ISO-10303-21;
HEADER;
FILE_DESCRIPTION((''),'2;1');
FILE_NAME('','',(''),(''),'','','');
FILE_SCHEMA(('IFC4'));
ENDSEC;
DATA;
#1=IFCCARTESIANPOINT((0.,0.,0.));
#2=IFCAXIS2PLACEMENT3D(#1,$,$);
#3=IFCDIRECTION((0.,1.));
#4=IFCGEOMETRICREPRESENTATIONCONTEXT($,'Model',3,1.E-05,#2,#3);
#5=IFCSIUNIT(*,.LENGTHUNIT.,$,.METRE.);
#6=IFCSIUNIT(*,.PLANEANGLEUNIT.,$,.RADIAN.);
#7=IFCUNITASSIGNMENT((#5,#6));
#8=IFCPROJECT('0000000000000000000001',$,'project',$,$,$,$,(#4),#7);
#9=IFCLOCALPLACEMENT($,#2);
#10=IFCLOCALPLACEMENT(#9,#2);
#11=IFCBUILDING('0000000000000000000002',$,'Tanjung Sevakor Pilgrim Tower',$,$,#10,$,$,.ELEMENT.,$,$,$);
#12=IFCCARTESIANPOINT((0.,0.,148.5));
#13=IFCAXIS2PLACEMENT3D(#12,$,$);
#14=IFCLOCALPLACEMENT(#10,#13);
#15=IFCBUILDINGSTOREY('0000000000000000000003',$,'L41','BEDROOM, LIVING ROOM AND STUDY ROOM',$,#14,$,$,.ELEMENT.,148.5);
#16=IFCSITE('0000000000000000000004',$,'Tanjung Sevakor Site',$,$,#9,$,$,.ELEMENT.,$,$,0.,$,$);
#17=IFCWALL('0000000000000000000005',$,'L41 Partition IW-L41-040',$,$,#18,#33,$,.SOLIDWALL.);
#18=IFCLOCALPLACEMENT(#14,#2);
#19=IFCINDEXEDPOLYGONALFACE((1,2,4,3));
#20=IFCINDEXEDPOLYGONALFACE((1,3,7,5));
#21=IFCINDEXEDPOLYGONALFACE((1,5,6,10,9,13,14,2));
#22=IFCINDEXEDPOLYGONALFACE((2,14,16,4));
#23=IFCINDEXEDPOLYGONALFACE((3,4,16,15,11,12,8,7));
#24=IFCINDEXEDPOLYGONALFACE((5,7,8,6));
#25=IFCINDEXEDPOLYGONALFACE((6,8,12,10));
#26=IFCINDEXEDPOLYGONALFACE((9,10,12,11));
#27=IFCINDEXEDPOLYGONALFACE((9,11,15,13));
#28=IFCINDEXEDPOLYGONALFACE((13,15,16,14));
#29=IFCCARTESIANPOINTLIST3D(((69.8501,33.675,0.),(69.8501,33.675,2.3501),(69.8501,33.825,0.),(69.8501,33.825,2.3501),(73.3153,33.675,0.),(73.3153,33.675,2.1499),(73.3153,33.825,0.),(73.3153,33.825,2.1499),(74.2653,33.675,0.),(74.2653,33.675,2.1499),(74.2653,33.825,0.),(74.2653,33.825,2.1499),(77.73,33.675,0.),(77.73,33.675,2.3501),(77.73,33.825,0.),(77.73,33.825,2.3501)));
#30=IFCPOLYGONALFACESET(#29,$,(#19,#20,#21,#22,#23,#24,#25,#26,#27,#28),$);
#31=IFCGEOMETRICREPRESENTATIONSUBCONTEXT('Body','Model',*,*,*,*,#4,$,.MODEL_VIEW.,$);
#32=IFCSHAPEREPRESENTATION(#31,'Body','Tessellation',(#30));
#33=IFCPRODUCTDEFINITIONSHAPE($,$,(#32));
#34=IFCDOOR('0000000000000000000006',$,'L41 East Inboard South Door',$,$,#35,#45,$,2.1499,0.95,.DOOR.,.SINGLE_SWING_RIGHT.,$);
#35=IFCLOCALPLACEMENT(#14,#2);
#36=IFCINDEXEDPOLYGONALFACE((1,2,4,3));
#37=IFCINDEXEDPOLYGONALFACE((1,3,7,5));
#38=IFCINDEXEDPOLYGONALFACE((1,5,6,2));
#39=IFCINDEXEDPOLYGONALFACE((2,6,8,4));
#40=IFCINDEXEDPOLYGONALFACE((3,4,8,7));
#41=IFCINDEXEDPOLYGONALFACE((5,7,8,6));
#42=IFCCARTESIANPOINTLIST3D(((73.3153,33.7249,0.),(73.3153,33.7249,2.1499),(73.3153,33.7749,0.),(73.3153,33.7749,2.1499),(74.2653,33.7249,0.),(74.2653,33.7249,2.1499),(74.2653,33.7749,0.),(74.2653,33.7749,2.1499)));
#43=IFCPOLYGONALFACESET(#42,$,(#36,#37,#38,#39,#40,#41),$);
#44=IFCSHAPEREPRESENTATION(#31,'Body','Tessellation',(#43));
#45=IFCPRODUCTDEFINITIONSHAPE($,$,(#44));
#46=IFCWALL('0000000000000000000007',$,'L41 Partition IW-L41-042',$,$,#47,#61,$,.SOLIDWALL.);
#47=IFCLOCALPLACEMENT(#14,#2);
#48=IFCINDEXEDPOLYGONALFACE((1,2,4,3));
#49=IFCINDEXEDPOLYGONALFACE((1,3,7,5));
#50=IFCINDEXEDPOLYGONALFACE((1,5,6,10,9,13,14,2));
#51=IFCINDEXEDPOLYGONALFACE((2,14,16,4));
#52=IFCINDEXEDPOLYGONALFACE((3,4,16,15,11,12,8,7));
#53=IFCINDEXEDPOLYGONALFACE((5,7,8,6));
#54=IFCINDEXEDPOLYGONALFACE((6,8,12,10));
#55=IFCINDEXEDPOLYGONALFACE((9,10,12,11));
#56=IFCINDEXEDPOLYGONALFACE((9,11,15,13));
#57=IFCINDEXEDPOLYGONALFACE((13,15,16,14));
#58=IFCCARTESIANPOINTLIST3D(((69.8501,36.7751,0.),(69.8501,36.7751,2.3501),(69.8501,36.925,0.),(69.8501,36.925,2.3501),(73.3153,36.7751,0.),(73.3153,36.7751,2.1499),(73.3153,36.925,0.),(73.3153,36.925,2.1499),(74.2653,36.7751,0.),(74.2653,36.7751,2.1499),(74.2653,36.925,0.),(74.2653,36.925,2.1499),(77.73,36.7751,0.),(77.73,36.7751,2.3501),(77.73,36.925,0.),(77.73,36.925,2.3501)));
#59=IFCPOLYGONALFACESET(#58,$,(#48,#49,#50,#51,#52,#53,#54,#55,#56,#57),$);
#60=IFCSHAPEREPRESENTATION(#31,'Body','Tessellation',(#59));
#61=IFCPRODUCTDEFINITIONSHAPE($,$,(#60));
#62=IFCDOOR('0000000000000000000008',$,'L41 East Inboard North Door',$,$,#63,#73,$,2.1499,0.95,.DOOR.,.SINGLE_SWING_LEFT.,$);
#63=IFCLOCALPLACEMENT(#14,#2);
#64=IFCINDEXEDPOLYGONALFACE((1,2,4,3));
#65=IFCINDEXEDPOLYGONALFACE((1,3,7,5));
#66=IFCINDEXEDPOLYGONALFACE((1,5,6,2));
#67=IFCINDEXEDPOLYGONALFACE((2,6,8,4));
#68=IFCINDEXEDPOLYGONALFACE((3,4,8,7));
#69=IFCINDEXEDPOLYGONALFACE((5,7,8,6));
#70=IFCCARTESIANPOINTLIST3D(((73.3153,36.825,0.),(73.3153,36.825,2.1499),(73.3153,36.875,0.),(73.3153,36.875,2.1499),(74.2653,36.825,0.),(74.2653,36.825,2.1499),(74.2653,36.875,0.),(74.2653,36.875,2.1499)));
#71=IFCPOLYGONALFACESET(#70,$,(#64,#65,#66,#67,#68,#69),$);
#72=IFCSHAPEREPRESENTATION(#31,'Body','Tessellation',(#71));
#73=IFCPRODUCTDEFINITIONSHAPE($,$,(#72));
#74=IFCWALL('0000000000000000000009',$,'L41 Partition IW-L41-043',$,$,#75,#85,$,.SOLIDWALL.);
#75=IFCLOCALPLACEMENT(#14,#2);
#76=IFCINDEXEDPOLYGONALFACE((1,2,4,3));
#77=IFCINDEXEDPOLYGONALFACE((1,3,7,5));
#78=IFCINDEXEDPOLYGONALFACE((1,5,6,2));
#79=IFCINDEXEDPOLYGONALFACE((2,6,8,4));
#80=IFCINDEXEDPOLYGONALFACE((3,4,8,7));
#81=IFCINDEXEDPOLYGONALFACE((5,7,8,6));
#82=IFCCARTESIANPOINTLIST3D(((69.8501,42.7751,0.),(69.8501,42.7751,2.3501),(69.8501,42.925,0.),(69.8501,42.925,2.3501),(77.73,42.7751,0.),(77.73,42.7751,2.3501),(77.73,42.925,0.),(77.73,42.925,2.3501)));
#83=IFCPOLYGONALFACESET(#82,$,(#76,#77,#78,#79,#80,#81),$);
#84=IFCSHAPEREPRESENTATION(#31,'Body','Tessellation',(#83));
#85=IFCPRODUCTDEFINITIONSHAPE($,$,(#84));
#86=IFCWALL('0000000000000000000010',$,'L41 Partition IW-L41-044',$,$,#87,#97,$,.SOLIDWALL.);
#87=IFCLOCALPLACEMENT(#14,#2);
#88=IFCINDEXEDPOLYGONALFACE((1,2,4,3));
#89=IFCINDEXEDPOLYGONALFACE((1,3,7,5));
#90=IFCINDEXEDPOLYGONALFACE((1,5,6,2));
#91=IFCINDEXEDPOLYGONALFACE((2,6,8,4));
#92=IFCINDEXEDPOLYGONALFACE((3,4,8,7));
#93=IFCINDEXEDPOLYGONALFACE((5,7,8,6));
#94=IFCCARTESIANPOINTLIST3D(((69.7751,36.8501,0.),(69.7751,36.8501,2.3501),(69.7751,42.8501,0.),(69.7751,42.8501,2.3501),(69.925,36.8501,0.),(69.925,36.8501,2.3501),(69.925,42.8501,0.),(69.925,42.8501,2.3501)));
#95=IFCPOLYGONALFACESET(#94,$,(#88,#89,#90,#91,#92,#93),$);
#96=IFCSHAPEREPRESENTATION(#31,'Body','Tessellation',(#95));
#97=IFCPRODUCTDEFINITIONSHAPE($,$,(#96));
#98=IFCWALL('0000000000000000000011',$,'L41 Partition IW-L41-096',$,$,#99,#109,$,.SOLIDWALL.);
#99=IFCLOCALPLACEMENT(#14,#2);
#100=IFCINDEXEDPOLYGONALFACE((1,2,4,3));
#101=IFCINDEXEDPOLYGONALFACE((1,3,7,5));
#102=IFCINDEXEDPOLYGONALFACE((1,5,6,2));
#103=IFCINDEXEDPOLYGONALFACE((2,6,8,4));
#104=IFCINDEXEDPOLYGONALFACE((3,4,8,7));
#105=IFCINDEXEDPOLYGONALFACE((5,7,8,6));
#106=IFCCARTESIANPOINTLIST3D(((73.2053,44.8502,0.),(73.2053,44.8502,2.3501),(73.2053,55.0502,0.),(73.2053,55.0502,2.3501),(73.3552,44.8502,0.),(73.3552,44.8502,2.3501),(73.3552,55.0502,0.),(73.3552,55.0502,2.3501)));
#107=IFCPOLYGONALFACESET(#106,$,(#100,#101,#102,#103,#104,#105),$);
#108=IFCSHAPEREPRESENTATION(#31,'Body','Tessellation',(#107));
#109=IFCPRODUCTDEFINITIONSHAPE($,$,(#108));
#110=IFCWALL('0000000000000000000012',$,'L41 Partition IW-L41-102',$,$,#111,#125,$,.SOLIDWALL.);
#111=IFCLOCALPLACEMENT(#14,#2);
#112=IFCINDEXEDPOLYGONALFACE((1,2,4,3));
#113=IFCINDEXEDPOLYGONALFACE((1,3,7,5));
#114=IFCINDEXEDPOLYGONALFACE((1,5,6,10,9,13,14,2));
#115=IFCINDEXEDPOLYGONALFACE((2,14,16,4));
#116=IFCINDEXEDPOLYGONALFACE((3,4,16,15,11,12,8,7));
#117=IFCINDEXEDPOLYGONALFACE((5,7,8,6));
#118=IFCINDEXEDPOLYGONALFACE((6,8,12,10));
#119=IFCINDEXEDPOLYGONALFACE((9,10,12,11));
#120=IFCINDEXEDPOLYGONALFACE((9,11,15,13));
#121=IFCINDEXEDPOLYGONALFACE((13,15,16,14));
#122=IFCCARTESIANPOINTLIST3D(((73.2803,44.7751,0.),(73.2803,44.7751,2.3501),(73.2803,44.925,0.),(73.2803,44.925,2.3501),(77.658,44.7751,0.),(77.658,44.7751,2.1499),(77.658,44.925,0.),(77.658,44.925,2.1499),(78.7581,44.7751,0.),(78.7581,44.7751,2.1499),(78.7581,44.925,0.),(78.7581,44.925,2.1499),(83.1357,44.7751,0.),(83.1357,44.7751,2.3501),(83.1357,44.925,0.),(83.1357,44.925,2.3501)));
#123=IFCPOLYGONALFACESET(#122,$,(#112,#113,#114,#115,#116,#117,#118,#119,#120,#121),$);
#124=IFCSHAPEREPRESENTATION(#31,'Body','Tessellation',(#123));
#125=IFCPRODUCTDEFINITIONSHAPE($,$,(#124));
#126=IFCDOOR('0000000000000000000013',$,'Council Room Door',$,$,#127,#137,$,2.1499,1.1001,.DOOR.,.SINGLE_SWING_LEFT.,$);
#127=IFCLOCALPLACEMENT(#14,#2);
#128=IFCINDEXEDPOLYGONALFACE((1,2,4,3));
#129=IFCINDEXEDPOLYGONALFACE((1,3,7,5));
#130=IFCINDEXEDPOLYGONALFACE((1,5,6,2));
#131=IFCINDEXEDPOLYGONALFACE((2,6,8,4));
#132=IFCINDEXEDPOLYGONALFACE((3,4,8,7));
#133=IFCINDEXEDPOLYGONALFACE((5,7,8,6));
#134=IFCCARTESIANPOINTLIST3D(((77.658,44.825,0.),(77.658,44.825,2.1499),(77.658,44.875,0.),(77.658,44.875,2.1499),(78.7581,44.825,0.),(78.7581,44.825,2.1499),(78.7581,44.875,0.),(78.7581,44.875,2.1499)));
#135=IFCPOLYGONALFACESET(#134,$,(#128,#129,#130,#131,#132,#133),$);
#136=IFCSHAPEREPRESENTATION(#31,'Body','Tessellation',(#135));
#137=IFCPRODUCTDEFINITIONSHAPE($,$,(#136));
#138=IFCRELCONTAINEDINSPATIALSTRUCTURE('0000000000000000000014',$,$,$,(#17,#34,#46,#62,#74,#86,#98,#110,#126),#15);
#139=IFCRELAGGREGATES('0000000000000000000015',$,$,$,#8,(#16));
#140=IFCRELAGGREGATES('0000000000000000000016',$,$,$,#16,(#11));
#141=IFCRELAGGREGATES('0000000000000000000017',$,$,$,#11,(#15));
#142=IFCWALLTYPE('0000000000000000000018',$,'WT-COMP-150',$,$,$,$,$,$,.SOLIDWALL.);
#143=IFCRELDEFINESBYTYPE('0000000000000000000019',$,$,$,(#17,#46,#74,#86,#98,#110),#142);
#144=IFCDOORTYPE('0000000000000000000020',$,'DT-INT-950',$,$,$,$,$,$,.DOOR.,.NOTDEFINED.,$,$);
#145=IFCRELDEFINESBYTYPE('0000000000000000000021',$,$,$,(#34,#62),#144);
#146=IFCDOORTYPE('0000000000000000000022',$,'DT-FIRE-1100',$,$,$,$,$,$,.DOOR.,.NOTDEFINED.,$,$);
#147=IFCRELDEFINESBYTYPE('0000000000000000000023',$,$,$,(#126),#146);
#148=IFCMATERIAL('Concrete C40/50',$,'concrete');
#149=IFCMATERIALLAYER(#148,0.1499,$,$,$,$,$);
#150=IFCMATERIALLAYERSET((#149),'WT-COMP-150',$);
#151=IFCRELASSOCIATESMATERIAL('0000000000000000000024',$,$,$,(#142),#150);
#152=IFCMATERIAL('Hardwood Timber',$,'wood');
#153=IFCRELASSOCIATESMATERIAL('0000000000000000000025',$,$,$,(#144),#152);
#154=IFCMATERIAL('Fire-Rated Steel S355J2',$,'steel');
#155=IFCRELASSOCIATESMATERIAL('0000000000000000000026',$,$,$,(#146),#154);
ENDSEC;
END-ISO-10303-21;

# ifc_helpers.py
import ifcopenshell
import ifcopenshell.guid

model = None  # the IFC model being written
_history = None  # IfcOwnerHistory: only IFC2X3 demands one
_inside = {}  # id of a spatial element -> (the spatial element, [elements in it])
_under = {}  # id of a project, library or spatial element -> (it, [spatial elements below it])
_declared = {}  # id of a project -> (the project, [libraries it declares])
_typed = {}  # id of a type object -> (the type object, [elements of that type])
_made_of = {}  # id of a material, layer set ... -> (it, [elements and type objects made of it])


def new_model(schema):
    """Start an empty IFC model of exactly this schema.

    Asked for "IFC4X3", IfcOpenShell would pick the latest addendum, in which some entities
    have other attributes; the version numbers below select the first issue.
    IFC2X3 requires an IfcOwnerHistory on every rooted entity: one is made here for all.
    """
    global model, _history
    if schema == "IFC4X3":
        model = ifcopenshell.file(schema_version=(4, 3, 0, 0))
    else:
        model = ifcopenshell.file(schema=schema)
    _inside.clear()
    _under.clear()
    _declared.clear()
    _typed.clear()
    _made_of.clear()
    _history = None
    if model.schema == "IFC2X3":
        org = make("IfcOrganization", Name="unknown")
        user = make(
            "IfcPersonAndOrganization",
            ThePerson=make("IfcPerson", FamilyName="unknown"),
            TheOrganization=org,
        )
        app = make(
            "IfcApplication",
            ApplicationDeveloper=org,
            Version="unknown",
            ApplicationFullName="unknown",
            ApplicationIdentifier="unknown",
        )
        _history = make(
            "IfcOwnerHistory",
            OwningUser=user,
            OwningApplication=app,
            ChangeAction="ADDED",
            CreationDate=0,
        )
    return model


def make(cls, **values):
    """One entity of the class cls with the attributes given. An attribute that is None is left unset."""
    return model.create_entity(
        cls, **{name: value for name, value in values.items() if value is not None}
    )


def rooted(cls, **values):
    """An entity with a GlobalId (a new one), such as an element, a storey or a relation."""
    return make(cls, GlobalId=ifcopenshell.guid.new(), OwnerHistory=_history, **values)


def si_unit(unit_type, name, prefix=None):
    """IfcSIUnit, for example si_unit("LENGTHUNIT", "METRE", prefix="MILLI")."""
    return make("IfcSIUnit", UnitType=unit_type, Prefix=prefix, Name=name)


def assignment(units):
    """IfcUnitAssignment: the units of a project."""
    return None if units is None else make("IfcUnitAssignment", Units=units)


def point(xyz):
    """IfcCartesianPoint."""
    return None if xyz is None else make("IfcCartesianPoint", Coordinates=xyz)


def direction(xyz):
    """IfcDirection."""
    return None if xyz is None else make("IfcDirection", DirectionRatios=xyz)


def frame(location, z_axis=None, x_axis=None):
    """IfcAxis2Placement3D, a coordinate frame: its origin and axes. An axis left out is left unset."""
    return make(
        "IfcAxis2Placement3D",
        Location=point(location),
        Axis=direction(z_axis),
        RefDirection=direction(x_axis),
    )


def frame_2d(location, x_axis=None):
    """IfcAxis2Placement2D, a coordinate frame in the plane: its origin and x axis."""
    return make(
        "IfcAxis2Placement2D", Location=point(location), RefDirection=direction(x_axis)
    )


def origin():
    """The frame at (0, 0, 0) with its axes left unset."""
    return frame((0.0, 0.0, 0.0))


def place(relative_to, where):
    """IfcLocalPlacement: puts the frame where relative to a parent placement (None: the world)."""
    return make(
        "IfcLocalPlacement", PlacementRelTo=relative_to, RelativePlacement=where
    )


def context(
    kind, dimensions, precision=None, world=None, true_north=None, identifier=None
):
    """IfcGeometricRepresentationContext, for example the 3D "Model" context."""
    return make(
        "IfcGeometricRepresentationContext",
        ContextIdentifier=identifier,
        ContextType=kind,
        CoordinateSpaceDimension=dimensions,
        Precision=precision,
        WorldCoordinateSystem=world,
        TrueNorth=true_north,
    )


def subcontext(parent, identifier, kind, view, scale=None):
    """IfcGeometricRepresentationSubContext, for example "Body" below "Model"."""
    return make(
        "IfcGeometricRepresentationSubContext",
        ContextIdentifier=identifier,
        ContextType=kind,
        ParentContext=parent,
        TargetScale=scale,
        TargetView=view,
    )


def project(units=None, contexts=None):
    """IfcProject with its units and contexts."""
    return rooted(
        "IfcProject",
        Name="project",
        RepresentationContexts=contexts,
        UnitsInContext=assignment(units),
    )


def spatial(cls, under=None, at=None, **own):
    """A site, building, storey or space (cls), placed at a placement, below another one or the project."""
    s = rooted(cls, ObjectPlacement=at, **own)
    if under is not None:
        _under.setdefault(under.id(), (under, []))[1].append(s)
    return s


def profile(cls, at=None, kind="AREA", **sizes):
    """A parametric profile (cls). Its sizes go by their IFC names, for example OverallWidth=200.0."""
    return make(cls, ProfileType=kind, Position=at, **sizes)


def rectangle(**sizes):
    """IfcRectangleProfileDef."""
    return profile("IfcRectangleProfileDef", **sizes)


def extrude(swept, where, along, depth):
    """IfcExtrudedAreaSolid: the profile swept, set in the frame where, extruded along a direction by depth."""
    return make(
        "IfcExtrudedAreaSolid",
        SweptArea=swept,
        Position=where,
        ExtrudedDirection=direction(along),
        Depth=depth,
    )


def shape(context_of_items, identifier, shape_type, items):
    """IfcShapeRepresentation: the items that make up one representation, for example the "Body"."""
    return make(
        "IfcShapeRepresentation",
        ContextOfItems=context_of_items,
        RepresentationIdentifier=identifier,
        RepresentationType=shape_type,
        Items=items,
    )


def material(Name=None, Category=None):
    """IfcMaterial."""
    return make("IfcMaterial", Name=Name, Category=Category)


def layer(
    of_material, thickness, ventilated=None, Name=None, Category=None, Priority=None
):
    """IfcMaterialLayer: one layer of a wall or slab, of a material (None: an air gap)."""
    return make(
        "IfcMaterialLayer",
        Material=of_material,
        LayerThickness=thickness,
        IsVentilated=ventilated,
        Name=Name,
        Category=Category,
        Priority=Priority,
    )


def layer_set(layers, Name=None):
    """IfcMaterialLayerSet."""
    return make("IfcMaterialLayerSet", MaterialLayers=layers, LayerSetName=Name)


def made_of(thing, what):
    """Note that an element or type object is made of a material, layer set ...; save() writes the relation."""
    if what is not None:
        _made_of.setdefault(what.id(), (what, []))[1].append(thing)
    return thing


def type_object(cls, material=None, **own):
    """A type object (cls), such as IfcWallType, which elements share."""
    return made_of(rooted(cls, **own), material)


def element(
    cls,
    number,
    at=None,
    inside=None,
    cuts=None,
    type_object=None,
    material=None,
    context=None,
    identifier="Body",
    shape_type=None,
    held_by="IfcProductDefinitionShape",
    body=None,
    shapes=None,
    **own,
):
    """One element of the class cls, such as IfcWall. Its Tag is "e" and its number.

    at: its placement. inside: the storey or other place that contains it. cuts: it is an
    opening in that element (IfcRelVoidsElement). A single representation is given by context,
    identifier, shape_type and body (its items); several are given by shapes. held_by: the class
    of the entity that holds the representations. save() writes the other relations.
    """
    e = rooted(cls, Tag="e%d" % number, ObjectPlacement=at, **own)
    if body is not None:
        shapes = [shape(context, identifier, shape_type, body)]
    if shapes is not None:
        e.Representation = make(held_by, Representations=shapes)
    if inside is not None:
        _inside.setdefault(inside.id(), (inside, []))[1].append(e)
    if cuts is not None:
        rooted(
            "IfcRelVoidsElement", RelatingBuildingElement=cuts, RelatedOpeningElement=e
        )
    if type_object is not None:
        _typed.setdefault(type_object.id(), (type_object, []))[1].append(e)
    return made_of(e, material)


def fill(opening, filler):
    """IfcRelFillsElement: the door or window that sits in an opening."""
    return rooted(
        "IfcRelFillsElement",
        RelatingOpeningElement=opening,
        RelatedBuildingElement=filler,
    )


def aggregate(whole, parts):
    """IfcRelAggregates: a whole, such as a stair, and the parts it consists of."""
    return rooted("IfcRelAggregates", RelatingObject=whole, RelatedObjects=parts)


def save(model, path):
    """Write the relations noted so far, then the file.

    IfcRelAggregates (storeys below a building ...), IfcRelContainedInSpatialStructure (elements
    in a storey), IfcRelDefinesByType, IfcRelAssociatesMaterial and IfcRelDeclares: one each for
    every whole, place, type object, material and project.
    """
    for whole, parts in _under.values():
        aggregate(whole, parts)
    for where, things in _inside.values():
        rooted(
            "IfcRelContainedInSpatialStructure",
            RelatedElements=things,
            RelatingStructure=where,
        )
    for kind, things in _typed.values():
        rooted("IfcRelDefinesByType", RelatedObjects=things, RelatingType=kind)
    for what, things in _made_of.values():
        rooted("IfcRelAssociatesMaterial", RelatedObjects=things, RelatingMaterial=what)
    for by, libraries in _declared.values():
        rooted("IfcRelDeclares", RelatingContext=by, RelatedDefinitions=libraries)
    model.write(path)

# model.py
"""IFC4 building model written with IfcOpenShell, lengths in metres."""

from ifc_helpers import new_model, si_unit, direction, frame, frame_2d, origin, place, context, subcontext, project, spatial, rectangle, extrude, material, layer, layer_set, type_object, element, fill, save


model = new_model("IFC4")

# Units and contexts
model_context = context("Model", 3, precision=1e-05, world=origin(), true_north=direction((0.0, 1.0)))
body_context = subcontext(model_context, "Body", "Model", "MODEL_VIEW")
ifc_project = project(units=[si_unit("LENGTHUNIT", "METRE"), si_unit("PLANEANGLEUNIT", "RADIAN")], contexts=[model_context])

# Site, building, storey
site_placement = place(None, origin())
site = spatial("IfcSite", under=ifc_project, at=site_placement, Name="Tanjung Sevakor Site", CompositionType="ELEMENT", RefElevation=0.0)
building_placement = place(site_placement, origin())
building = spatial("IfcBuilding", under=site, at=building_placement, Name="Tanjung Sevakor Pilgrim Tower", CompositionType="ELEMENT")
storey_placement = place(building_placement, frame((0.0, 0.0, 148.5)))
storey = spatial("IfcBuildingStorey", under=building, at=storey_placement, Name="L41", Description="BEDROOM, LIVING ROOM AND STUDY ROOM", CompositionType="ELEMENT", Elevation=148.5)

# Walls, openings, doors
ifc_material_1 = material(Name="Concrete C40/50", Category="concrete")
ifc_layer_1 = layer(ifc_material_1, 0.1499)
ifc_layer_set_1 = layer_set([ifc_layer_1], Name="WT-COMP-150")
wall_type_1 = type_object("IfcWallType", Name="WT-COMP-150", PredefinedType="SOLIDWALL", material=ifc_layer_set_1)
wall_1_placement = place(storey_placement, frame((69.8501, 33.75, 0.0), z_axis=(0.0, 0.0, 1.0), x_axis=(1.0, 0.0, 0.0)))
wall_1 = element("IfcWall", 1, at=wall_1_placement, inside=storey, type_object=wall_type_1, Name="L41 Partition IW-L41-040", PredefinedType="SOLIDWALL", context=body_context, shape_type="SweptSolid", body=[
    extrude(rectangle(XDim=7.8799, YDim=0.1499, at=frame_2d((3.9399, 0.0))), origin(), (0.0, 0.0, 1.0), 2.3501),
])
opening_1_placement = place(wall_1_placement, frame((3.4651, 0.0, 0.0)))
opening_1 = element("IfcOpeningElement", 2, at=opening_1_placement, cuts=wall_1, PredefinedType="OPENING", context=body_context, shape_type="SweptSolid", body=[
    extrude(rectangle(XDim=0.95, YDim=2.1499, at=frame_2d((0.4751, 1.075))), frame((0.0, 0.085, 0.0), z_axis=(0.0, -1.0, 0.0), x_axis=(1.0, 0.0, 0.0)), (0.0, 0.0, 1.0), 0.1699),
])
ifc_material_2 = material(Name="Hardwood Timber", Category="wood")
door_type_1 = type_object("IfcDoorType", Name="DT-INT-950", OperationType="NOTDEFINED", PredefinedType="DOOR", material=ifc_material_2)
door_1_placement = place(opening_1_placement, origin())
door_1 = element("IfcDoor", 3, at=door_1_placement, inside=storey, type_object=door_type_1, Name="L41 East Inboard South Door", OperationType="SINGLE_SWING_RIGHT", OverallHeight=2.1499, OverallWidth=0.95, PredefinedType="DOOR", context=body_context, shape_type="SweptSolid", body=[
    extrude(rectangle(XDim=0.95, YDim=2.1499, at=frame_2d((0.4751, 1.075))), frame((0.0, 0.0249, 0.0), z_axis=(0.0, -1.0, 0.0), x_axis=(1.0, 0.0, 0.0)), (0.0, 0.0, 1.0), 0.05),
])
fill(opening_1, door_1)
wall_2_placement = place(storey_placement, frame((69.8501, 36.8501, 0.0), z_axis=(0.0, 0.0, 1.0), x_axis=(1.0, 0.0, 0.0)))
wall_2 = element("IfcWall", 4, at=wall_2_placement, inside=storey, type_object=wall_type_1, Name="L41 Partition IW-L41-042", PredefinedType="SOLIDWALL", context=body_context, shape_type="SweptSolid", body=[
    extrude(rectangle(XDim=7.8799, YDim=0.1499, at=frame_2d((3.9399, 0.0))), origin(), (0.0, 0.0, 1.0), 2.3501),
])
opening_2_placement = place(wall_2_placement, frame((3.4651, 0.0, 0.0)))
opening_2 = element("IfcOpeningElement", 5, at=opening_2_placement, cuts=wall_2, PredefinedType="OPENING", context=body_context, shape_type="SweptSolid", body=[
    extrude(rectangle(XDim=0.95, YDim=2.1499, at=frame_2d((0.4751, 1.075))), frame((0.0, 0.085, 0.0), z_axis=(0.0, -1.0, 0.0), x_axis=(1.0, 0.0, 0.0)), (0.0, 0.0, 1.0), 0.1699),
])
door_2_placement = place(opening_2_placement, origin())
door_2 = element("IfcDoor", 6, at=door_2_placement, inside=storey, type_object=door_type_1, Name="L41 East Inboard North Door", OperationType="SINGLE_SWING_LEFT", OverallHeight=2.1499, OverallWidth=0.95, PredefinedType="DOOR", context=body_context, shape_type="SweptSolid", body=[
    extrude(rectangle(XDim=0.95, YDim=2.1499, at=frame_2d((0.4751, 1.075))), frame((0.0, 0.0249, 0.0), z_axis=(0.0, -1.0, 0.0), x_axis=(1.0, 0.0, 0.0)), (0.0, 0.0, 1.0), 0.05),
])
fill(opening_2, door_2)

# Walls
wall_3_placement = place(storey_placement, frame((69.8501, 42.8501, 0.0), z_axis=(0.0, 0.0, 1.0), x_axis=(1.0, 0.0, 0.0)))
element("IfcWall", 7, at=wall_3_placement, inside=storey, type_object=wall_type_1, Name="L41 Partition IW-L41-043", PredefinedType="SOLIDWALL", context=body_context, shape_type="SweptSolid", body=[
    extrude(rectangle(XDim=7.8799, YDim=0.1499, at=frame_2d((3.9399, 0.0))), origin(), (0.0, 0.0, 1.0), 2.3501),
])
wall_4_placement = place(storey_placement, frame((69.8501, 36.8501, 0.0), z_axis=(0.0, 0.0, 1.0), x_axis=(0.0, 1.0, 0.0)))
element("IfcWall", 8, at=wall_4_placement, inside=storey, type_object=wall_type_1, Name="L41 Partition IW-L41-044", PredefinedType="SOLIDWALL", context=body_context, shape_type="SweptSolid", body=[
    extrude(rectangle(XDim=6.0, YDim=0.1499, at=frame_2d((3.0, 0.0))), origin(), (0.0, 0.0, 1.0), 2.3501),
])
wall_5_placement = place(storey_placement, frame((73.2803, 44.8501, 0.0), z_axis=(0.0, 0.0, 1.0), x_axis=(0.0, 1.0, 0.0)))
element("IfcWall", 9, at=wall_5_placement, inside=storey, type_object=wall_type_1, Name="L41 Partition IW-L41-096", PredefinedType="SOLIDWALL", context=body_context, shape_type="SweptSolid", body=[
    extrude(rectangle(XDim=10.2, YDim=0.1499, at=frame_2d((5.1001, 0.0))), origin(), (0.0, 0.0, 1.0), 2.3501),
])

# Wall, opening, door
wall_6_placement = place(storey_placement, frame((73.2803, 44.8501, 0.0), z_axis=(0.0, 0.0, 1.0), x_axis=(1.0, 0.0, 0.0)))
wall_6 = element("IfcWall", 10, at=wall_6_placement, inside=storey, type_object=wall_type_1, Name="L41 Partition IW-L41-102", PredefinedType="SOLIDWALL", context=body_context, shape_type="SweptSolid", body=[
    extrude(rectangle(XDim=9.8555, YDim=0.1499, at=frame_2d((4.9277, 0.0))), origin(), (0.0, 0.0, 1.0), 2.3501),
])
opening_3_placement = place(wall_6_placement, frame((4.3777, 0.0, 0.0)))
opening_3 = element("IfcOpeningElement", 11, at=opening_3_placement, cuts=wall_6, PredefinedType="OPENING", context=body_context, shape_type="SweptSolid", body=[
    extrude(rectangle(XDim=1.1001, YDim=2.1499, at=frame_2d((0.55, 1.075))), frame((0.0, 0.085, 0.0), z_axis=(0.0, -1.0, 0.0), x_axis=(1.0, 0.0, 0.0)), (0.0, 0.0, 1.0), 0.1699),
])
ifc_material_3 = material(Name="Fire-Rated Steel S355J2", Category="steel")
door_type_2 = type_object("IfcDoorType", Name="DT-FIRE-1100", OperationType="NOTDEFINED", PredefinedType="DOOR", material=ifc_material_3)
door_3_placement = place(opening_3_placement, origin())
door_3 = element("IfcDoor", 12, at=door_3_placement, inside=storey, type_object=door_type_2, Name="Council Room Door", OperationType="SINGLE_SWING_LEFT", OverallHeight=2.1499, OverallWidth=1.1001, PredefinedType="DOOR", context=body_context, shape_type="SweptSolid", body=[
    extrude(rectangle(XDim=1.1001, YDim=2.1499, at=frame_2d((0.55, 1.075))), frame((0.0, 0.0249, 0.0), z_axis=(0.0, -1.0, 0.0), x_axis=(1.0, 0.0, 0.0)), (0.0, 0.0, 1.0), 0.05),
])
fill(opening_3, door_3)

save(model, "model.ifc")
